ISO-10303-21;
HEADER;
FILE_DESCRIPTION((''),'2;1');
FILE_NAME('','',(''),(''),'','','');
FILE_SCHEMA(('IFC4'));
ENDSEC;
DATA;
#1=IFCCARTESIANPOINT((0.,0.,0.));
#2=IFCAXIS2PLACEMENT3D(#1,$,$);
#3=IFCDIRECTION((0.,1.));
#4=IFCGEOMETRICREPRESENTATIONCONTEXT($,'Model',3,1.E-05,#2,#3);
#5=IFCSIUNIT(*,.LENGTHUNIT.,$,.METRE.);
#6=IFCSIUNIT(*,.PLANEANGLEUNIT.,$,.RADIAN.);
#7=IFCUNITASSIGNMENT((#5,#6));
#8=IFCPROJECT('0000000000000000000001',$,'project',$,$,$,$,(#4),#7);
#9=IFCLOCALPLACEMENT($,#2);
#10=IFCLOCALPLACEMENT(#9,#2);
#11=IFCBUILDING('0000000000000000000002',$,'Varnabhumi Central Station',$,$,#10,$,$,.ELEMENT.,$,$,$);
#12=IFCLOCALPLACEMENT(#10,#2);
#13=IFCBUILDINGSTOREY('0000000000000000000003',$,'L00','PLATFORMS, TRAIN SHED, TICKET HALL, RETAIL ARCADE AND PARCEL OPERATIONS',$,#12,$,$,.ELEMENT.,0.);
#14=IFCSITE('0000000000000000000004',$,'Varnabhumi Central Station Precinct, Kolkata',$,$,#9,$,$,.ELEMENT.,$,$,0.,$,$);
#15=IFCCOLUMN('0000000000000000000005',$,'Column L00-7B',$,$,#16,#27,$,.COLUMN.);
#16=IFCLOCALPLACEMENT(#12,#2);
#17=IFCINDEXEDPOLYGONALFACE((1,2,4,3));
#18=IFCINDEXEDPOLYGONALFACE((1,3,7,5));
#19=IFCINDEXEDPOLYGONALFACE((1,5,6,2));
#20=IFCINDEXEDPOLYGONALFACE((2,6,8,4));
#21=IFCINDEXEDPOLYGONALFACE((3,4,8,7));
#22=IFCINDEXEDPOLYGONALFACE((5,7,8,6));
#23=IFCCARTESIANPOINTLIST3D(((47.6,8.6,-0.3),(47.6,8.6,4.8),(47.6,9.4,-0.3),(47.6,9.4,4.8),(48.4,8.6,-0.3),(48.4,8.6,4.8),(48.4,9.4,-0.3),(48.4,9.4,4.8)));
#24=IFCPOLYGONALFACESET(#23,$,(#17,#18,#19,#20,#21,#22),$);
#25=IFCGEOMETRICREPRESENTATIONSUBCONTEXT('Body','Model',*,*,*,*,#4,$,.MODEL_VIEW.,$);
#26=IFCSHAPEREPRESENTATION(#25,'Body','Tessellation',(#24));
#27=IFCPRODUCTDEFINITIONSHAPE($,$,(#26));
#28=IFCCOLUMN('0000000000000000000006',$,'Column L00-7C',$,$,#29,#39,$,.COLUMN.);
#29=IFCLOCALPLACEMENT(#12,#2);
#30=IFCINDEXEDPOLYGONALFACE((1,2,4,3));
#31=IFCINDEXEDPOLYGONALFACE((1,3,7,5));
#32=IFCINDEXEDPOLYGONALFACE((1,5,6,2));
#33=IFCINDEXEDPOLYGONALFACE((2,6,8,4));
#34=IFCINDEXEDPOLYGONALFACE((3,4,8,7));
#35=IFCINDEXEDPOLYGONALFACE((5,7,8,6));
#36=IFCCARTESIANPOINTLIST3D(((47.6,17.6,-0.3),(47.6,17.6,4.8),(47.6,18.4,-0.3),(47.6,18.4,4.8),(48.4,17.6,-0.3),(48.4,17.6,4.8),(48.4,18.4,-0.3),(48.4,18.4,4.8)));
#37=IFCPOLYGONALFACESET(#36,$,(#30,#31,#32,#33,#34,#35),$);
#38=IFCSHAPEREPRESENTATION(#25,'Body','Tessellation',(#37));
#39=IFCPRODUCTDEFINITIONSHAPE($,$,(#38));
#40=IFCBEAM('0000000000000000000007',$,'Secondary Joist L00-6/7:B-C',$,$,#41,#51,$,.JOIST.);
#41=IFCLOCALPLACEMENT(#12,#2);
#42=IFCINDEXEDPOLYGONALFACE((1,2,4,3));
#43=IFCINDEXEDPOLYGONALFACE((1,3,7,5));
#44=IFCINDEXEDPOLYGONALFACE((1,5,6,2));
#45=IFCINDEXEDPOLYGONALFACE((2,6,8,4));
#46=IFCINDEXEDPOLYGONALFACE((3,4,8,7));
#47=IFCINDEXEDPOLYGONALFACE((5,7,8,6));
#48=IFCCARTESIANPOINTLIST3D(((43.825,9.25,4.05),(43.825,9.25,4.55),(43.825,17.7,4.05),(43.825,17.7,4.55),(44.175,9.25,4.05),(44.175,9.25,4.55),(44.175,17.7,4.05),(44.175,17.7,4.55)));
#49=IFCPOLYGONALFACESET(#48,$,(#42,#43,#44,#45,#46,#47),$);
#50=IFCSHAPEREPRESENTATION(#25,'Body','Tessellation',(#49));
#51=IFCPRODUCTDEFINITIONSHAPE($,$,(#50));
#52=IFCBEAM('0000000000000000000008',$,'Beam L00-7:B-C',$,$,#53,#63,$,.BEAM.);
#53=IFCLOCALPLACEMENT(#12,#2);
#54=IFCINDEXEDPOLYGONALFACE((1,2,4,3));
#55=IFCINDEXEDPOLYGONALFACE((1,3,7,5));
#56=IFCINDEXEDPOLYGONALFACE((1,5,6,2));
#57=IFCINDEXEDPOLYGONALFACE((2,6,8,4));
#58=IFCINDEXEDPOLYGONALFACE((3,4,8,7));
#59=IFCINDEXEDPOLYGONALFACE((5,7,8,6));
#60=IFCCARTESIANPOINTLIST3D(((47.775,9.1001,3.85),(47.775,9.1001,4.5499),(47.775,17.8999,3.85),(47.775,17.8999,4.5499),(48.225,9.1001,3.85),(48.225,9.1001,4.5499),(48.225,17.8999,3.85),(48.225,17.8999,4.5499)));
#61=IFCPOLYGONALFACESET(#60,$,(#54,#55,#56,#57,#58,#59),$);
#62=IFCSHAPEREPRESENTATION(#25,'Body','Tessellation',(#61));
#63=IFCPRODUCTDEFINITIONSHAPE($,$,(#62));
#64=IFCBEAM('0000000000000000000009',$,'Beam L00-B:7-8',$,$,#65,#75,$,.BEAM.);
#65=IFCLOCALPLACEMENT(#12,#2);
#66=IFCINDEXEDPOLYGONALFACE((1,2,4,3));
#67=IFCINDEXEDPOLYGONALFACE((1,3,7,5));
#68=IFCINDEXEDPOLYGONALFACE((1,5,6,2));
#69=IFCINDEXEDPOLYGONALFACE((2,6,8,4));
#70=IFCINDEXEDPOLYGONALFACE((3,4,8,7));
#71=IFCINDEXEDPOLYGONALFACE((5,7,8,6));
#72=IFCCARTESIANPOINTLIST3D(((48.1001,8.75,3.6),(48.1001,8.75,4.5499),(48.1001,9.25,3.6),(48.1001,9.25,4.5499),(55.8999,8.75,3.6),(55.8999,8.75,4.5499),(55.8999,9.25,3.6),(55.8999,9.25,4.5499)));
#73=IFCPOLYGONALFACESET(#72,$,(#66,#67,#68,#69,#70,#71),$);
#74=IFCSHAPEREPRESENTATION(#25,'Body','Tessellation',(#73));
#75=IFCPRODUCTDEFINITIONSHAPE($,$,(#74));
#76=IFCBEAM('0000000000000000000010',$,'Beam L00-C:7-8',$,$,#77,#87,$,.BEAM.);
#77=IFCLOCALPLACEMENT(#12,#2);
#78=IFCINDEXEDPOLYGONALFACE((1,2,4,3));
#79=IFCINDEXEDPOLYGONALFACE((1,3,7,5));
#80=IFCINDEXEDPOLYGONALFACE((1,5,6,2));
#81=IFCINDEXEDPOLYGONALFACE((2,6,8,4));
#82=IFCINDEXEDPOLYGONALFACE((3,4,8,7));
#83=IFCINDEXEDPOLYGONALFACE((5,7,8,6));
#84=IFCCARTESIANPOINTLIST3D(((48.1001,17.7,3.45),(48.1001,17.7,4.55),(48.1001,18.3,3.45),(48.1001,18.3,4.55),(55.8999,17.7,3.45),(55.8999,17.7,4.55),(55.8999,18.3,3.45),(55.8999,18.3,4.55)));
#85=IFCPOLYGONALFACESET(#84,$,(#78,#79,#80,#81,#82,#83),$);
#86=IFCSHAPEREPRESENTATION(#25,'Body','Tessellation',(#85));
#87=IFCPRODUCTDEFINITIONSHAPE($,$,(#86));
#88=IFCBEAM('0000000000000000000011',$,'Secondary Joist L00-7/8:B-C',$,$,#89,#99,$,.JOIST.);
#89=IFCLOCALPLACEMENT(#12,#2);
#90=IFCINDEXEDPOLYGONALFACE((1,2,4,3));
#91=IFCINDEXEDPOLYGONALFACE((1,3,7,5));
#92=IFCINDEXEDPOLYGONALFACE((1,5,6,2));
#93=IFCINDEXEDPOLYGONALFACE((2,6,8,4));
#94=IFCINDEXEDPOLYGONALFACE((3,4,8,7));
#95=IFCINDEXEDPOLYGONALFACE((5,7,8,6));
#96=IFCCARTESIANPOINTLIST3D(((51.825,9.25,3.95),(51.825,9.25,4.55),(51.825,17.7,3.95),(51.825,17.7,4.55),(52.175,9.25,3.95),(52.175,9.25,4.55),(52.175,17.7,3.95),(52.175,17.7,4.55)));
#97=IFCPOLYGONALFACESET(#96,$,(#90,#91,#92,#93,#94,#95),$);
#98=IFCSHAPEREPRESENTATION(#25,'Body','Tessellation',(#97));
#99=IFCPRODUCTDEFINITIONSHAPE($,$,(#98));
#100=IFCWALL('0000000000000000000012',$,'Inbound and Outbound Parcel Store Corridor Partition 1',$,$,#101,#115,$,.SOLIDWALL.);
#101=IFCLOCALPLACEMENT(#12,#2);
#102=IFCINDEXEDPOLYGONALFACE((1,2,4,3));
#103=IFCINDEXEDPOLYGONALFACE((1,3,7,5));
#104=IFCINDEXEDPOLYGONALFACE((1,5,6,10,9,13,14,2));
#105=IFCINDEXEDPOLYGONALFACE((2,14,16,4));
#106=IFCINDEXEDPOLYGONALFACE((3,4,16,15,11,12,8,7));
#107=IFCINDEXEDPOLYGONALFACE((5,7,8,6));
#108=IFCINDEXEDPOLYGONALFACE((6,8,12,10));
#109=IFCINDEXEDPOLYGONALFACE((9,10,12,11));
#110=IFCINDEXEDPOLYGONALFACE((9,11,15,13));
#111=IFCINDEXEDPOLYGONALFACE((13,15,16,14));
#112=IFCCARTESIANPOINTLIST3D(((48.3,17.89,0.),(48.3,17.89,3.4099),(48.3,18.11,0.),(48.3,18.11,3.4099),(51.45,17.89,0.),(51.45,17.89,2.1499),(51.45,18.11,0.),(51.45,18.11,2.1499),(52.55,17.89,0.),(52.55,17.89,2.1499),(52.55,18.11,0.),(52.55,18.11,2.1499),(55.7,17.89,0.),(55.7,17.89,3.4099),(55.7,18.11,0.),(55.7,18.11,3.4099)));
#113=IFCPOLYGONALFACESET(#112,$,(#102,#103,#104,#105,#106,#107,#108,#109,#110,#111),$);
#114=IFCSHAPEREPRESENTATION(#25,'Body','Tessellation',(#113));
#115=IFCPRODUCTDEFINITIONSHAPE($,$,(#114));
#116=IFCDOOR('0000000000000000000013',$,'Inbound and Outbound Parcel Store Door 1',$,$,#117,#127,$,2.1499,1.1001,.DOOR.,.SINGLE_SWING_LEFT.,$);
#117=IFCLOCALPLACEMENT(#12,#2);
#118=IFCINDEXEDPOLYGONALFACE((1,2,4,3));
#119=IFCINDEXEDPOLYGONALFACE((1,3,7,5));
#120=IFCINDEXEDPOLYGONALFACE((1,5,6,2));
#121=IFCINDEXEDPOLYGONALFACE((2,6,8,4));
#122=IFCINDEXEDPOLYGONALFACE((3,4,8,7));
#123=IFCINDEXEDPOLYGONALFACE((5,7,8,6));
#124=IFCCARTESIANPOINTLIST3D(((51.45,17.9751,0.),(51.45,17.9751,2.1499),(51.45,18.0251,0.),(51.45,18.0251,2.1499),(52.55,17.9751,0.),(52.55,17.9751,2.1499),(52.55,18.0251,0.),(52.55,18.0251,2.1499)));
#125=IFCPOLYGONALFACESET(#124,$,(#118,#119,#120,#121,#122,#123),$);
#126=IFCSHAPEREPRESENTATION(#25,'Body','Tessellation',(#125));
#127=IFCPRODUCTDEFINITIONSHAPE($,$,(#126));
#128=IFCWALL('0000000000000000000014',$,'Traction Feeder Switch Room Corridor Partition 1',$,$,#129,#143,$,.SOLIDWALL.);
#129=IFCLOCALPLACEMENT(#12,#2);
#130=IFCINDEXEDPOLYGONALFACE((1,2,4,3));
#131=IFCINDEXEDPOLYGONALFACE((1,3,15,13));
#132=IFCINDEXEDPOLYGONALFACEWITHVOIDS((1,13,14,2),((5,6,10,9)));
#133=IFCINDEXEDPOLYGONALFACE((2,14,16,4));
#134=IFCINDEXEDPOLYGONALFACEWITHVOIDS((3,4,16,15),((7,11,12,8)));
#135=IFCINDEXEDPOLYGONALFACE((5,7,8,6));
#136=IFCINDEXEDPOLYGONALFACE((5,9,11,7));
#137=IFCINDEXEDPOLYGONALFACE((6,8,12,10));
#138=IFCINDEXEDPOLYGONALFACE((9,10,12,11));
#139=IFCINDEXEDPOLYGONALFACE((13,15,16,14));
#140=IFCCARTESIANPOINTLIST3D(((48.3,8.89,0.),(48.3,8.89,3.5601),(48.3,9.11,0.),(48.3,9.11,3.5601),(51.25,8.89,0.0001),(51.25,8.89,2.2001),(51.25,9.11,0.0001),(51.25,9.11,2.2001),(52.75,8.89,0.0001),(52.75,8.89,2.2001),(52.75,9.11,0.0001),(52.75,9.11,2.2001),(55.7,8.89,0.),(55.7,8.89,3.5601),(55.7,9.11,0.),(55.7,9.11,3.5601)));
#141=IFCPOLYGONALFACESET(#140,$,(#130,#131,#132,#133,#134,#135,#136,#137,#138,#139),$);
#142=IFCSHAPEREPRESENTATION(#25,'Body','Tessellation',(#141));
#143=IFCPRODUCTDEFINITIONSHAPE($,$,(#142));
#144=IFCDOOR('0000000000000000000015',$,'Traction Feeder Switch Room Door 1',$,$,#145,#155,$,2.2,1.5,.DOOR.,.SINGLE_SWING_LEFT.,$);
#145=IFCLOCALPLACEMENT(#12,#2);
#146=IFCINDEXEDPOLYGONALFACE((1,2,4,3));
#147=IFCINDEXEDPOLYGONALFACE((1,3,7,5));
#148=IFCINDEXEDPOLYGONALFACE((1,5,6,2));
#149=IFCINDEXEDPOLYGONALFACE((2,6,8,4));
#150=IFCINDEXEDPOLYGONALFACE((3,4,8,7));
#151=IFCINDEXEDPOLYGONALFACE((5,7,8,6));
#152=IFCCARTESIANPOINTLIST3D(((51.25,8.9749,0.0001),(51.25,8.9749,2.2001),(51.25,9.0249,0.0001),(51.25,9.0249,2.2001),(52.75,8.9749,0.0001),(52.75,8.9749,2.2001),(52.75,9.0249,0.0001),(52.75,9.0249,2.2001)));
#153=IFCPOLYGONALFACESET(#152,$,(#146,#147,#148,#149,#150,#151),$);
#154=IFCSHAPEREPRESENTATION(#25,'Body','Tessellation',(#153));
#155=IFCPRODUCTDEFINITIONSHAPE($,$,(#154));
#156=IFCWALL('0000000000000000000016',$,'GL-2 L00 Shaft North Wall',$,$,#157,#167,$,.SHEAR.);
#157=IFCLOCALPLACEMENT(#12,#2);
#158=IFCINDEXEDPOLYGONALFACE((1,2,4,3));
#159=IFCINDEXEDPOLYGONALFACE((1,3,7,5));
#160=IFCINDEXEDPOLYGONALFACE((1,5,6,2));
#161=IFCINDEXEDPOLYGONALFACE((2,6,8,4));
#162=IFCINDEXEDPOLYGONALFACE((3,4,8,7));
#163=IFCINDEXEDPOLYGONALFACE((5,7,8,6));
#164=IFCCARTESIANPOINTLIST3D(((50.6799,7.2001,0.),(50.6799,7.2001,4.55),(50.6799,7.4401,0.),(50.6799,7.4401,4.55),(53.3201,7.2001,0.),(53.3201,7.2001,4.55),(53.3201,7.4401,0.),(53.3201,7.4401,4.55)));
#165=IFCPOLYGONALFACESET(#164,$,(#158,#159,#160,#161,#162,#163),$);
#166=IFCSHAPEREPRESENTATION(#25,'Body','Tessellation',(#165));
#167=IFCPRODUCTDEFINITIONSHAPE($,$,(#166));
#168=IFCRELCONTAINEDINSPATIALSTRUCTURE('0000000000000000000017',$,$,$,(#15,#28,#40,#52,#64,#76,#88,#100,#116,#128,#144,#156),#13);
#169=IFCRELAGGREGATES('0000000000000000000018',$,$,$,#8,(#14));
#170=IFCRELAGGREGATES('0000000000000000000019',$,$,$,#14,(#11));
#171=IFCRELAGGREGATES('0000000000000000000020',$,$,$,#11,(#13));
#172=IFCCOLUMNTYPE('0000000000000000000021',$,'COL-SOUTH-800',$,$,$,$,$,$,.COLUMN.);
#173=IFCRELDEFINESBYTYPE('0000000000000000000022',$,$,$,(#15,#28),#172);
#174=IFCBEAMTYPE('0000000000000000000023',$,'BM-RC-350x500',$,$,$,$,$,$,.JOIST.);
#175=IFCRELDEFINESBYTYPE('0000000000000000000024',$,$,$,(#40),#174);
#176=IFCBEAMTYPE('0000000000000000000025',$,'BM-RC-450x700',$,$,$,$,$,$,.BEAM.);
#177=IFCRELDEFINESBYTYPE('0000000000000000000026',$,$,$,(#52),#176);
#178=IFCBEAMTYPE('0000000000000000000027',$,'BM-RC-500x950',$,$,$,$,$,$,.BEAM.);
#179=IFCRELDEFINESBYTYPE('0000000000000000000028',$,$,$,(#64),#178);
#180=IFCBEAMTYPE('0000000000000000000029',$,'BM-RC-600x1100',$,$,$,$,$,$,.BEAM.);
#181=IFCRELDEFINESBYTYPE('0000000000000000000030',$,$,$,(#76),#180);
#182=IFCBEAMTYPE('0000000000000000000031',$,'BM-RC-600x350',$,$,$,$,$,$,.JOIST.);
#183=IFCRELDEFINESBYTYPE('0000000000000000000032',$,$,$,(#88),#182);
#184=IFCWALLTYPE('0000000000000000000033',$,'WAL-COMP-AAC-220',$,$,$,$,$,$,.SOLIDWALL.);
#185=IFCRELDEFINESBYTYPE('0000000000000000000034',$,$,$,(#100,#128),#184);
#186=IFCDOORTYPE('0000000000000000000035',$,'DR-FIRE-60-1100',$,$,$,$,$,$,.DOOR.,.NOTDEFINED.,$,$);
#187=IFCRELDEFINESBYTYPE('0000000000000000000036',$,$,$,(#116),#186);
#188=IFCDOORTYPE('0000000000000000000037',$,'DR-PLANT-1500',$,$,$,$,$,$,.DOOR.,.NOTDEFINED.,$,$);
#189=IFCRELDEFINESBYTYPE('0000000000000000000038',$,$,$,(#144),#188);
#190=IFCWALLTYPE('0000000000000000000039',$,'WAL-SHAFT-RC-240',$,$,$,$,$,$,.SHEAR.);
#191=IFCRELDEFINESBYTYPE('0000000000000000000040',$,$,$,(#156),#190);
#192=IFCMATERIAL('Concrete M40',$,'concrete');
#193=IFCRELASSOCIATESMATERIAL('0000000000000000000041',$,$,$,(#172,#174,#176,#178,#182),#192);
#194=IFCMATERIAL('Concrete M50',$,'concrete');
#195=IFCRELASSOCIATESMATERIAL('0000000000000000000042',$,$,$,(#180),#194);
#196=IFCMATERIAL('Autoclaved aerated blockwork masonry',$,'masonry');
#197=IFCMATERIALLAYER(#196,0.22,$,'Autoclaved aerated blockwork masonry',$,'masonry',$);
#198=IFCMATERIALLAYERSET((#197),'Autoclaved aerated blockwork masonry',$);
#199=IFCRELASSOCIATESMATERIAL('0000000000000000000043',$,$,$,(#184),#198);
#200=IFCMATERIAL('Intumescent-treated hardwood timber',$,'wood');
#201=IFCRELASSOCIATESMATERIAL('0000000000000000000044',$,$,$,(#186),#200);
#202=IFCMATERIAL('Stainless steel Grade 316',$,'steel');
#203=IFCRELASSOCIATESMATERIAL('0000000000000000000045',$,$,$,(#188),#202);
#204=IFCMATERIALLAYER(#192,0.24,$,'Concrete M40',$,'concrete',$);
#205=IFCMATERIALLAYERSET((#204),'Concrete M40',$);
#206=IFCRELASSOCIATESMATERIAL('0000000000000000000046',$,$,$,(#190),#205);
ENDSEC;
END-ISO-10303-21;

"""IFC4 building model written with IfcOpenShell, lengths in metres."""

from ifc_helpers import new_model, si_unit, direction, frame, frame_2d, origin, origin_2d, place, context, subcontext, project, spatial, rectangle, extrude, material, layer, layer_set, material_profile, profile_set, type_object, element, fill, save


model = new_model("IFC4")

# Units and contexts
model_context = context("Model", 3, precision=1e-05, world=origin(), true_north=direction((0.0, 1.0)))
body_context = subcontext(model_context, "Body", "Model", "MODEL_VIEW")
ifc_project = project(units=[si_unit("LENGTHUNIT", "METRE"), si_unit("PLANEANGLEUNIT", "RADIAN")], contexts=[model_context])

# Site, building, storey
site_placement = place(None, origin())
site = spatial("IfcSite", under=ifc_project, at=site_placement, Name="Varnabhumi Central Station Precinct, Kolkata", CompositionType="ELEMENT", RefElevation=0.0)
building_placement = place(site_placement, origin())
building = spatial("IfcBuilding", under=site, at=building_placement, Name="Varnabhumi Central Station", CompositionType="ELEMENT")
storey_placement = place(building_placement, origin())
storey = spatial("IfcBuildingStorey", under=building, at=storey_placement, Name="L00", Description="PLATFORMS, TRAIN SHED, TICKET HALL, RETAIL ARCADE AND PARCEL OPERATIONS", CompositionType="ELEMENT", Elevation=0.0)

# Shared definitions
ifc_material_1 = material(Name="Concrete M40", Category="concrete")

# Columns
ifc_material_profile_1 = material_profile(ifc_material_1, rectangle(XDim=0.8, YDim=0.8, at=origin_2d()), Name="Concrete M40", Category="concrete")
ifc_profile_set_1 = profile_set([ifc_material_profile_1], Name="Concrete M40")
column_type = type_object("IfcColumnType", Name="COL-SOUTH-800", PredefinedType="COLUMN", material=ifc_profile_set_1)
for number, where, z_axis, x_axis, name in (
    (1, (48.0, 9.0, -0.3), (0.0, 0.0, 1.0), (1.0, 0.0, 0.0), "Column L00-7B"),
    (2, (48.0, 18.0, -0.3), (0.0, 0.0, 1.0), (1.0, 0.0, 0.0), "Column L00-7C"),
):
    element("IfcColumn", number, at=place(storey_placement, frame(where, z_axis=z_axis, x_axis=x_axis)), inside=storey, type_object=column_type, Name=name, PredefinedType="COLUMN", context=body_context, shape_type="SweptSolid", body=[
        extrude(rectangle(XDim=0.8, YDim=0.8, at=origin_2d()), origin(), (0.0, 0.0, 1.0), 5.1001),
    ])

# Beams
ifc_material_profile_2 = material_profile(ifc_material_1, rectangle(XDim=0.3501, YDim=0.5, at=origin_2d()), Name="Concrete M40", Category="concrete")
ifc_profile_set_2 = profile_set([ifc_material_profile_2], Name="Concrete M40")
beam_type_1 = type_object("IfcBeamType", Name="BM-RC-350x500", PredefinedType="JOIST", material=ifc_profile_set_2)
beam_1_placement = place(storey_placement, frame((44.0, 9.25, 4.3), z_axis=(0.0, 1.0, 0.0), x_axis=(-1.0, 0.0, 0.0)))
element("IfcBeam", 3, at=beam_1_placement, inside=storey, type_object=beam_type_1, Name="Secondary Joist L00-6/7:B-C", PredefinedType="JOIST", context=body_context, shape_type="SweptSolid", body=[
    extrude(rectangle(XDim=0.3501, YDim=0.5, at=origin_2d()), origin(), (0.0, 0.0, 1.0), 8.45),
])
ifc_material_profile_3 = material_profile(ifc_material_1, rectangle(XDim=0.45, YDim=0.7, at=origin_2d()), Name="Concrete M40", Category="concrete")
ifc_profile_set_3 = profile_set([ifc_material_profile_3], Name="Concrete M40")
beam_type_2 = type_object("IfcBeamType", Name="BM-RC-450x700", PredefinedType="BEAM", material=ifc_profile_set_3)
beam_2_placement = place(storey_placement, frame((48.0, 9.1001, 4.2), z_axis=(0.0, 1.0, 0.0), x_axis=(-1.0, 0.0, 0.0)))
element("IfcBeam", 4, at=beam_2_placement, inside=storey, type_object=beam_type_2, Name="Beam L00-7:B-C", PredefinedType="BEAM", context=body_context, shape_type="SweptSolid", body=[
    extrude(rectangle(XDim=0.45, YDim=0.7, at=origin_2d()), origin(), (0.0, 0.0, 1.0), 8.7998),
])
ifc_material_profile_4 = material_profile(ifc_material_1, rectangle(XDim=0.5, YDim=0.95, at=origin_2d()), Name="Concrete M40", Category="concrete")
ifc_profile_set_4 = profile_set([ifc_material_profile_4], Name="Concrete M40")
beam_type_3 = type_object("IfcBeamType", Name="BM-RC-500x950", PredefinedType="BEAM", material=ifc_profile_set_4)
beam_3_placement = place(storey_placement, frame((48.1001, 9.0, 4.075), z_axis=(1.0, 0.0, 0.0), x_axis=(0.0, 1.0, 0.0)))
element("IfcBeam", 5, at=beam_3_placement, inside=storey, type_object=beam_type_3, Name="Beam L00-B:7-8", PredefinedType="BEAM", context=body_context, shape_type="SweptSolid", body=[
    extrude(rectangle(XDim=0.5, YDim=0.95, at=origin_2d()), origin(), (0.0, 0.0, 1.0), 7.7998),
])
ifc_material_2 = material(Name="Concrete M50", Category="concrete")
ifc_material_profile_5 = material_profile(ifc_material_2, rectangle(XDim=0.6001, YDim=1.1001, at=origin_2d()), Name="Concrete M50", Category="concrete")
ifc_profile_set_5 = profile_set([ifc_material_profile_5], Name="Concrete M50")
beam_type_4 = type_object("IfcBeamType", Name="BM-RC-600x1100", PredefinedType="BEAM", material=ifc_profile_set_5)
beam_4_placement = place(storey_placement, frame((48.1001, 18.0, 4.0), z_axis=(1.0, 0.0, 0.0), x_axis=(0.0, 1.0, 0.0)))
element("IfcBeam", 6, at=beam_4_placement, inside=storey, type_object=beam_type_4, Name="Beam L00-C:7-8", PredefinedType="BEAM", context=body_context, shape_type="SweptSolid", body=[
    extrude(rectangle(XDim=0.6001, YDim=1.1001, at=origin_2d()), origin(), (0.0, 0.0, 1.0), 7.7998),
])
ifc_material_profile_6 = material_profile(ifc_material_1, rectangle(XDim=0.3501, YDim=0.6001, at=origin_2d()), Name="Concrete M40", Category="concrete")
ifc_profile_set_6 = profile_set([ifc_material_profile_6], Name="Concrete M40")
beam_type_5 = type_object("IfcBeamType", Name="BM-RC-600x350", PredefinedType="JOIST", material=ifc_profile_set_6)
beam_5_placement = place(storey_placement, frame((52.0, 9.25, 4.25), z_axis=(0.0, 1.0, 0.0), x_axis=(-1.0, 0.0, 0.0)))
element("IfcBeam", 7, at=beam_5_placement, inside=storey, type_object=beam_type_5, Name="Secondary Joist L00-7/8:B-C", PredefinedType="JOIST", context=body_context, shape_type="SweptSolid", body=[
    extrude(rectangle(XDim=0.3501, YDim=0.6001, at=origin_2d()), origin(), (0.0, 0.0, 1.0), 8.45),
])

# Walls, openings, doors
ifc_material_3 = material(Name="Autoclaved aerated blockwork masonry", Category="masonry")
ifc_layer_1 = layer(ifc_material_3, 0.22, Name="Autoclaved aerated blockwork masonry", Category="masonry")
ifc_layer_set_1 = layer_set([ifc_layer_1], Name="Autoclaved aerated blockwork masonry")
wall_type_1 = type_object("IfcWallType", Name="WAL-COMP-AAC-220", PredefinedType="SOLIDWALL", material=ifc_layer_set_1)
wall_1_placement = place(storey_placement, frame((48.3, 18.0, 0.0), z_axis=(0.0, 0.0, 1.0), x_axis=(1.0, 0.0, 0.0)))
wall_1 = element("IfcWall", 8, at=wall_1_placement, inside=storey, type_object=wall_type_1, Name="Inbound and Outbound Parcel Store Corridor Partition 1", PredefinedType="SOLIDWALL", context=body_context, shape_type="SweptSolid", body=[
    extrude(rectangle(XDim=7.3999, YDim=0.22, at=frame_2d((3.7, 0.0))), origin(), (0.0, 0.0, 1.0), 3.4099),
])
opening_1_placement = place(wall_1_placement, frame((3.1499, 0.0, 0.0)))
opening_1 = element("IfcOpeningElement", 9, at=opening_1_placement, cuts=wall_1, PredefinedType="OPENING", context=body_context, shape_type="SweptSolid", body=[
    extrude(rectangle(XDim=1.1001, YDim=2.1499, at=frame_2d((0.55, 1.075))), frame((0.0, 0.1199, 0.0), z_axis=(0.0, -1.0, 0.0), x_axis=(1.0, 0.0, 0.0)), (0.0, 0.0, 1.0), 0.24),
])
ifc_material_4 = material(Name="Intumescent-treated hardwood timber", Category="wood")
door_type_1 = type_object("IfcDoorType", Name="DR-FIRE-60-1100", OperationType="NOTDEFINED", PredefinedType="DOOR", material=ifc_material_4)
door_1_placement = place(opening_1_placement, frame((1.1001, 0.0, 0.0), z_axis=(0.0, 0.0, 1.0), x_axis=(-1.0, 0.0, 0.0)))
door_1 = element("IfcDoor", 10, at=door_1_placement, inside=storey, type_object=door_type_1, Name="Inbound and Outbound Parcel Store Door 1", OperationType="SINGLE_SWING_LEFT", OverallHeight=2.1499, OverallWidth=1.1001, PredefinedType="DOOR", context=body_context, shape_type="SweptSolid", body=[
    extrude(rectangle(XDim=1.1001, YDim=2.1499, at=frame_2d((0.55, 1.075))), frame((0.0, 0.0249, 0.0), z_axis=(0.0, -1.0, 0.0), x_axis=(1.0, 0.0, 0.0)), (0.0, 0.0, 1.0), 0.05),
])
fill(opening_1, door_1)
wall_2_placement = place(storey_placement, frame((48.3, 9.0, 0.0), z_axis=(0.0, 0.0, 1.0), x_axis=(1.0, 0.0, 0.0)))
wall_2 = element("IfcWall", 11, at=wall_2_placement, inside=storey, type_object=wall_type_1, Name="Traction Feeder Switch Room Corridor Partition 1", PredefinedType="SOLIDWALL", context=body_context, shape_type="SweptSolid", body=[
    extrude(rectangle(XDim=7.3999, YDim=0.22, at=frame_2d((3.7, 0.0))), origin(), (0.0, 0.0, 1.0), 3.5601),
])
opening_2_placement = place(wall_2_placement, frame((2.95, 0.0, 0.0)))
opening_2 = element("IfcOpeningElement", 12, at=opening_2_placement, cuts=wall_2, PredefinedType="OPENING", context=body_context, shape_type="SweptSolid", body=[
    extrude(rectangle(XDim=1.5, YDim=2.2, at=frame_2d((0.75, 1.1001))), frame((0.0, 0.1199, 0.0), z_axis=(0.0, -1.0, 0.0), x_axis=(1.0, 0.0, 0.0)), (0.0, 0.0, 1.0), 0.24),
])
ifc_material_5 = material(Name="Stainless steel Grade 316", Category="steel")
door_type_2 = type_object("IfcDoorType", Name="DR-PLANT-1500", OperationType="NOTDEFINED", PredefinedType="DOOR", material=ifc_material_5)
door_2_placement = place(opening_2_placement, origin())
door_2 = element("IfcDoor", 13, at=door_2_placement, inside=storey, type_object=door_type_2, Name="Traction Feeder Switch Room Door 1", OperationType="SINGLE_SWING_LEFT", OverallHeight=2.2, OverallWidth=1.5, PredefinedType="DOOR", context=body_context, shape_type="SweptSolid", body=[
    extrude(rectangle(XDim=1.5, YDim=2.2, at=frame_2d((0.75, 1.1001))), frame((0.0, 0.0249, 0.0), z_axis=(0.0, -1.0, 0.0), x_axis=(1.0, 0.0, 0.0)), (0.0, 0.0, 1.0), 0.05),
])
fill(opening_2, door_2)

# Wall
ifc_layer_2 = layer(ifc_material_1, 0.24, Name="Concrete M40", Category="concrete")
ifc_layer_set_2 = layer_set([ifc_layer_2], Name="Concrete M40")
wall_type_2 = type_object("IfcWallType", Name="WAL-SHAFT-RC-240", PredefinedType="SHEAR", material=ifc_layer_set_2)
wall_3_placement = place(storey_placement, frame((50.6799, 7.3201, 0.0), z_axis=(0.0, 0.0, 1.0), x_axis=(1.0, 0.0, 0.0)))
element("IfcWall", 14, at=wall_3_placement, inside=storey, type_object=wall_type_2, Name="GL-2 L00 Shaft North Wall", PredefinedType="SHEAR", context=body_context, shape_type="SweptSolid", body=[
    extrude(rectangle(XDim=2.6401, YDim=0.24, at=frame_2d((1.3201, 0.0))), origin(), (0.0, 0.0, 1.0), 4.55),
])

save(model, "model.ifc")
